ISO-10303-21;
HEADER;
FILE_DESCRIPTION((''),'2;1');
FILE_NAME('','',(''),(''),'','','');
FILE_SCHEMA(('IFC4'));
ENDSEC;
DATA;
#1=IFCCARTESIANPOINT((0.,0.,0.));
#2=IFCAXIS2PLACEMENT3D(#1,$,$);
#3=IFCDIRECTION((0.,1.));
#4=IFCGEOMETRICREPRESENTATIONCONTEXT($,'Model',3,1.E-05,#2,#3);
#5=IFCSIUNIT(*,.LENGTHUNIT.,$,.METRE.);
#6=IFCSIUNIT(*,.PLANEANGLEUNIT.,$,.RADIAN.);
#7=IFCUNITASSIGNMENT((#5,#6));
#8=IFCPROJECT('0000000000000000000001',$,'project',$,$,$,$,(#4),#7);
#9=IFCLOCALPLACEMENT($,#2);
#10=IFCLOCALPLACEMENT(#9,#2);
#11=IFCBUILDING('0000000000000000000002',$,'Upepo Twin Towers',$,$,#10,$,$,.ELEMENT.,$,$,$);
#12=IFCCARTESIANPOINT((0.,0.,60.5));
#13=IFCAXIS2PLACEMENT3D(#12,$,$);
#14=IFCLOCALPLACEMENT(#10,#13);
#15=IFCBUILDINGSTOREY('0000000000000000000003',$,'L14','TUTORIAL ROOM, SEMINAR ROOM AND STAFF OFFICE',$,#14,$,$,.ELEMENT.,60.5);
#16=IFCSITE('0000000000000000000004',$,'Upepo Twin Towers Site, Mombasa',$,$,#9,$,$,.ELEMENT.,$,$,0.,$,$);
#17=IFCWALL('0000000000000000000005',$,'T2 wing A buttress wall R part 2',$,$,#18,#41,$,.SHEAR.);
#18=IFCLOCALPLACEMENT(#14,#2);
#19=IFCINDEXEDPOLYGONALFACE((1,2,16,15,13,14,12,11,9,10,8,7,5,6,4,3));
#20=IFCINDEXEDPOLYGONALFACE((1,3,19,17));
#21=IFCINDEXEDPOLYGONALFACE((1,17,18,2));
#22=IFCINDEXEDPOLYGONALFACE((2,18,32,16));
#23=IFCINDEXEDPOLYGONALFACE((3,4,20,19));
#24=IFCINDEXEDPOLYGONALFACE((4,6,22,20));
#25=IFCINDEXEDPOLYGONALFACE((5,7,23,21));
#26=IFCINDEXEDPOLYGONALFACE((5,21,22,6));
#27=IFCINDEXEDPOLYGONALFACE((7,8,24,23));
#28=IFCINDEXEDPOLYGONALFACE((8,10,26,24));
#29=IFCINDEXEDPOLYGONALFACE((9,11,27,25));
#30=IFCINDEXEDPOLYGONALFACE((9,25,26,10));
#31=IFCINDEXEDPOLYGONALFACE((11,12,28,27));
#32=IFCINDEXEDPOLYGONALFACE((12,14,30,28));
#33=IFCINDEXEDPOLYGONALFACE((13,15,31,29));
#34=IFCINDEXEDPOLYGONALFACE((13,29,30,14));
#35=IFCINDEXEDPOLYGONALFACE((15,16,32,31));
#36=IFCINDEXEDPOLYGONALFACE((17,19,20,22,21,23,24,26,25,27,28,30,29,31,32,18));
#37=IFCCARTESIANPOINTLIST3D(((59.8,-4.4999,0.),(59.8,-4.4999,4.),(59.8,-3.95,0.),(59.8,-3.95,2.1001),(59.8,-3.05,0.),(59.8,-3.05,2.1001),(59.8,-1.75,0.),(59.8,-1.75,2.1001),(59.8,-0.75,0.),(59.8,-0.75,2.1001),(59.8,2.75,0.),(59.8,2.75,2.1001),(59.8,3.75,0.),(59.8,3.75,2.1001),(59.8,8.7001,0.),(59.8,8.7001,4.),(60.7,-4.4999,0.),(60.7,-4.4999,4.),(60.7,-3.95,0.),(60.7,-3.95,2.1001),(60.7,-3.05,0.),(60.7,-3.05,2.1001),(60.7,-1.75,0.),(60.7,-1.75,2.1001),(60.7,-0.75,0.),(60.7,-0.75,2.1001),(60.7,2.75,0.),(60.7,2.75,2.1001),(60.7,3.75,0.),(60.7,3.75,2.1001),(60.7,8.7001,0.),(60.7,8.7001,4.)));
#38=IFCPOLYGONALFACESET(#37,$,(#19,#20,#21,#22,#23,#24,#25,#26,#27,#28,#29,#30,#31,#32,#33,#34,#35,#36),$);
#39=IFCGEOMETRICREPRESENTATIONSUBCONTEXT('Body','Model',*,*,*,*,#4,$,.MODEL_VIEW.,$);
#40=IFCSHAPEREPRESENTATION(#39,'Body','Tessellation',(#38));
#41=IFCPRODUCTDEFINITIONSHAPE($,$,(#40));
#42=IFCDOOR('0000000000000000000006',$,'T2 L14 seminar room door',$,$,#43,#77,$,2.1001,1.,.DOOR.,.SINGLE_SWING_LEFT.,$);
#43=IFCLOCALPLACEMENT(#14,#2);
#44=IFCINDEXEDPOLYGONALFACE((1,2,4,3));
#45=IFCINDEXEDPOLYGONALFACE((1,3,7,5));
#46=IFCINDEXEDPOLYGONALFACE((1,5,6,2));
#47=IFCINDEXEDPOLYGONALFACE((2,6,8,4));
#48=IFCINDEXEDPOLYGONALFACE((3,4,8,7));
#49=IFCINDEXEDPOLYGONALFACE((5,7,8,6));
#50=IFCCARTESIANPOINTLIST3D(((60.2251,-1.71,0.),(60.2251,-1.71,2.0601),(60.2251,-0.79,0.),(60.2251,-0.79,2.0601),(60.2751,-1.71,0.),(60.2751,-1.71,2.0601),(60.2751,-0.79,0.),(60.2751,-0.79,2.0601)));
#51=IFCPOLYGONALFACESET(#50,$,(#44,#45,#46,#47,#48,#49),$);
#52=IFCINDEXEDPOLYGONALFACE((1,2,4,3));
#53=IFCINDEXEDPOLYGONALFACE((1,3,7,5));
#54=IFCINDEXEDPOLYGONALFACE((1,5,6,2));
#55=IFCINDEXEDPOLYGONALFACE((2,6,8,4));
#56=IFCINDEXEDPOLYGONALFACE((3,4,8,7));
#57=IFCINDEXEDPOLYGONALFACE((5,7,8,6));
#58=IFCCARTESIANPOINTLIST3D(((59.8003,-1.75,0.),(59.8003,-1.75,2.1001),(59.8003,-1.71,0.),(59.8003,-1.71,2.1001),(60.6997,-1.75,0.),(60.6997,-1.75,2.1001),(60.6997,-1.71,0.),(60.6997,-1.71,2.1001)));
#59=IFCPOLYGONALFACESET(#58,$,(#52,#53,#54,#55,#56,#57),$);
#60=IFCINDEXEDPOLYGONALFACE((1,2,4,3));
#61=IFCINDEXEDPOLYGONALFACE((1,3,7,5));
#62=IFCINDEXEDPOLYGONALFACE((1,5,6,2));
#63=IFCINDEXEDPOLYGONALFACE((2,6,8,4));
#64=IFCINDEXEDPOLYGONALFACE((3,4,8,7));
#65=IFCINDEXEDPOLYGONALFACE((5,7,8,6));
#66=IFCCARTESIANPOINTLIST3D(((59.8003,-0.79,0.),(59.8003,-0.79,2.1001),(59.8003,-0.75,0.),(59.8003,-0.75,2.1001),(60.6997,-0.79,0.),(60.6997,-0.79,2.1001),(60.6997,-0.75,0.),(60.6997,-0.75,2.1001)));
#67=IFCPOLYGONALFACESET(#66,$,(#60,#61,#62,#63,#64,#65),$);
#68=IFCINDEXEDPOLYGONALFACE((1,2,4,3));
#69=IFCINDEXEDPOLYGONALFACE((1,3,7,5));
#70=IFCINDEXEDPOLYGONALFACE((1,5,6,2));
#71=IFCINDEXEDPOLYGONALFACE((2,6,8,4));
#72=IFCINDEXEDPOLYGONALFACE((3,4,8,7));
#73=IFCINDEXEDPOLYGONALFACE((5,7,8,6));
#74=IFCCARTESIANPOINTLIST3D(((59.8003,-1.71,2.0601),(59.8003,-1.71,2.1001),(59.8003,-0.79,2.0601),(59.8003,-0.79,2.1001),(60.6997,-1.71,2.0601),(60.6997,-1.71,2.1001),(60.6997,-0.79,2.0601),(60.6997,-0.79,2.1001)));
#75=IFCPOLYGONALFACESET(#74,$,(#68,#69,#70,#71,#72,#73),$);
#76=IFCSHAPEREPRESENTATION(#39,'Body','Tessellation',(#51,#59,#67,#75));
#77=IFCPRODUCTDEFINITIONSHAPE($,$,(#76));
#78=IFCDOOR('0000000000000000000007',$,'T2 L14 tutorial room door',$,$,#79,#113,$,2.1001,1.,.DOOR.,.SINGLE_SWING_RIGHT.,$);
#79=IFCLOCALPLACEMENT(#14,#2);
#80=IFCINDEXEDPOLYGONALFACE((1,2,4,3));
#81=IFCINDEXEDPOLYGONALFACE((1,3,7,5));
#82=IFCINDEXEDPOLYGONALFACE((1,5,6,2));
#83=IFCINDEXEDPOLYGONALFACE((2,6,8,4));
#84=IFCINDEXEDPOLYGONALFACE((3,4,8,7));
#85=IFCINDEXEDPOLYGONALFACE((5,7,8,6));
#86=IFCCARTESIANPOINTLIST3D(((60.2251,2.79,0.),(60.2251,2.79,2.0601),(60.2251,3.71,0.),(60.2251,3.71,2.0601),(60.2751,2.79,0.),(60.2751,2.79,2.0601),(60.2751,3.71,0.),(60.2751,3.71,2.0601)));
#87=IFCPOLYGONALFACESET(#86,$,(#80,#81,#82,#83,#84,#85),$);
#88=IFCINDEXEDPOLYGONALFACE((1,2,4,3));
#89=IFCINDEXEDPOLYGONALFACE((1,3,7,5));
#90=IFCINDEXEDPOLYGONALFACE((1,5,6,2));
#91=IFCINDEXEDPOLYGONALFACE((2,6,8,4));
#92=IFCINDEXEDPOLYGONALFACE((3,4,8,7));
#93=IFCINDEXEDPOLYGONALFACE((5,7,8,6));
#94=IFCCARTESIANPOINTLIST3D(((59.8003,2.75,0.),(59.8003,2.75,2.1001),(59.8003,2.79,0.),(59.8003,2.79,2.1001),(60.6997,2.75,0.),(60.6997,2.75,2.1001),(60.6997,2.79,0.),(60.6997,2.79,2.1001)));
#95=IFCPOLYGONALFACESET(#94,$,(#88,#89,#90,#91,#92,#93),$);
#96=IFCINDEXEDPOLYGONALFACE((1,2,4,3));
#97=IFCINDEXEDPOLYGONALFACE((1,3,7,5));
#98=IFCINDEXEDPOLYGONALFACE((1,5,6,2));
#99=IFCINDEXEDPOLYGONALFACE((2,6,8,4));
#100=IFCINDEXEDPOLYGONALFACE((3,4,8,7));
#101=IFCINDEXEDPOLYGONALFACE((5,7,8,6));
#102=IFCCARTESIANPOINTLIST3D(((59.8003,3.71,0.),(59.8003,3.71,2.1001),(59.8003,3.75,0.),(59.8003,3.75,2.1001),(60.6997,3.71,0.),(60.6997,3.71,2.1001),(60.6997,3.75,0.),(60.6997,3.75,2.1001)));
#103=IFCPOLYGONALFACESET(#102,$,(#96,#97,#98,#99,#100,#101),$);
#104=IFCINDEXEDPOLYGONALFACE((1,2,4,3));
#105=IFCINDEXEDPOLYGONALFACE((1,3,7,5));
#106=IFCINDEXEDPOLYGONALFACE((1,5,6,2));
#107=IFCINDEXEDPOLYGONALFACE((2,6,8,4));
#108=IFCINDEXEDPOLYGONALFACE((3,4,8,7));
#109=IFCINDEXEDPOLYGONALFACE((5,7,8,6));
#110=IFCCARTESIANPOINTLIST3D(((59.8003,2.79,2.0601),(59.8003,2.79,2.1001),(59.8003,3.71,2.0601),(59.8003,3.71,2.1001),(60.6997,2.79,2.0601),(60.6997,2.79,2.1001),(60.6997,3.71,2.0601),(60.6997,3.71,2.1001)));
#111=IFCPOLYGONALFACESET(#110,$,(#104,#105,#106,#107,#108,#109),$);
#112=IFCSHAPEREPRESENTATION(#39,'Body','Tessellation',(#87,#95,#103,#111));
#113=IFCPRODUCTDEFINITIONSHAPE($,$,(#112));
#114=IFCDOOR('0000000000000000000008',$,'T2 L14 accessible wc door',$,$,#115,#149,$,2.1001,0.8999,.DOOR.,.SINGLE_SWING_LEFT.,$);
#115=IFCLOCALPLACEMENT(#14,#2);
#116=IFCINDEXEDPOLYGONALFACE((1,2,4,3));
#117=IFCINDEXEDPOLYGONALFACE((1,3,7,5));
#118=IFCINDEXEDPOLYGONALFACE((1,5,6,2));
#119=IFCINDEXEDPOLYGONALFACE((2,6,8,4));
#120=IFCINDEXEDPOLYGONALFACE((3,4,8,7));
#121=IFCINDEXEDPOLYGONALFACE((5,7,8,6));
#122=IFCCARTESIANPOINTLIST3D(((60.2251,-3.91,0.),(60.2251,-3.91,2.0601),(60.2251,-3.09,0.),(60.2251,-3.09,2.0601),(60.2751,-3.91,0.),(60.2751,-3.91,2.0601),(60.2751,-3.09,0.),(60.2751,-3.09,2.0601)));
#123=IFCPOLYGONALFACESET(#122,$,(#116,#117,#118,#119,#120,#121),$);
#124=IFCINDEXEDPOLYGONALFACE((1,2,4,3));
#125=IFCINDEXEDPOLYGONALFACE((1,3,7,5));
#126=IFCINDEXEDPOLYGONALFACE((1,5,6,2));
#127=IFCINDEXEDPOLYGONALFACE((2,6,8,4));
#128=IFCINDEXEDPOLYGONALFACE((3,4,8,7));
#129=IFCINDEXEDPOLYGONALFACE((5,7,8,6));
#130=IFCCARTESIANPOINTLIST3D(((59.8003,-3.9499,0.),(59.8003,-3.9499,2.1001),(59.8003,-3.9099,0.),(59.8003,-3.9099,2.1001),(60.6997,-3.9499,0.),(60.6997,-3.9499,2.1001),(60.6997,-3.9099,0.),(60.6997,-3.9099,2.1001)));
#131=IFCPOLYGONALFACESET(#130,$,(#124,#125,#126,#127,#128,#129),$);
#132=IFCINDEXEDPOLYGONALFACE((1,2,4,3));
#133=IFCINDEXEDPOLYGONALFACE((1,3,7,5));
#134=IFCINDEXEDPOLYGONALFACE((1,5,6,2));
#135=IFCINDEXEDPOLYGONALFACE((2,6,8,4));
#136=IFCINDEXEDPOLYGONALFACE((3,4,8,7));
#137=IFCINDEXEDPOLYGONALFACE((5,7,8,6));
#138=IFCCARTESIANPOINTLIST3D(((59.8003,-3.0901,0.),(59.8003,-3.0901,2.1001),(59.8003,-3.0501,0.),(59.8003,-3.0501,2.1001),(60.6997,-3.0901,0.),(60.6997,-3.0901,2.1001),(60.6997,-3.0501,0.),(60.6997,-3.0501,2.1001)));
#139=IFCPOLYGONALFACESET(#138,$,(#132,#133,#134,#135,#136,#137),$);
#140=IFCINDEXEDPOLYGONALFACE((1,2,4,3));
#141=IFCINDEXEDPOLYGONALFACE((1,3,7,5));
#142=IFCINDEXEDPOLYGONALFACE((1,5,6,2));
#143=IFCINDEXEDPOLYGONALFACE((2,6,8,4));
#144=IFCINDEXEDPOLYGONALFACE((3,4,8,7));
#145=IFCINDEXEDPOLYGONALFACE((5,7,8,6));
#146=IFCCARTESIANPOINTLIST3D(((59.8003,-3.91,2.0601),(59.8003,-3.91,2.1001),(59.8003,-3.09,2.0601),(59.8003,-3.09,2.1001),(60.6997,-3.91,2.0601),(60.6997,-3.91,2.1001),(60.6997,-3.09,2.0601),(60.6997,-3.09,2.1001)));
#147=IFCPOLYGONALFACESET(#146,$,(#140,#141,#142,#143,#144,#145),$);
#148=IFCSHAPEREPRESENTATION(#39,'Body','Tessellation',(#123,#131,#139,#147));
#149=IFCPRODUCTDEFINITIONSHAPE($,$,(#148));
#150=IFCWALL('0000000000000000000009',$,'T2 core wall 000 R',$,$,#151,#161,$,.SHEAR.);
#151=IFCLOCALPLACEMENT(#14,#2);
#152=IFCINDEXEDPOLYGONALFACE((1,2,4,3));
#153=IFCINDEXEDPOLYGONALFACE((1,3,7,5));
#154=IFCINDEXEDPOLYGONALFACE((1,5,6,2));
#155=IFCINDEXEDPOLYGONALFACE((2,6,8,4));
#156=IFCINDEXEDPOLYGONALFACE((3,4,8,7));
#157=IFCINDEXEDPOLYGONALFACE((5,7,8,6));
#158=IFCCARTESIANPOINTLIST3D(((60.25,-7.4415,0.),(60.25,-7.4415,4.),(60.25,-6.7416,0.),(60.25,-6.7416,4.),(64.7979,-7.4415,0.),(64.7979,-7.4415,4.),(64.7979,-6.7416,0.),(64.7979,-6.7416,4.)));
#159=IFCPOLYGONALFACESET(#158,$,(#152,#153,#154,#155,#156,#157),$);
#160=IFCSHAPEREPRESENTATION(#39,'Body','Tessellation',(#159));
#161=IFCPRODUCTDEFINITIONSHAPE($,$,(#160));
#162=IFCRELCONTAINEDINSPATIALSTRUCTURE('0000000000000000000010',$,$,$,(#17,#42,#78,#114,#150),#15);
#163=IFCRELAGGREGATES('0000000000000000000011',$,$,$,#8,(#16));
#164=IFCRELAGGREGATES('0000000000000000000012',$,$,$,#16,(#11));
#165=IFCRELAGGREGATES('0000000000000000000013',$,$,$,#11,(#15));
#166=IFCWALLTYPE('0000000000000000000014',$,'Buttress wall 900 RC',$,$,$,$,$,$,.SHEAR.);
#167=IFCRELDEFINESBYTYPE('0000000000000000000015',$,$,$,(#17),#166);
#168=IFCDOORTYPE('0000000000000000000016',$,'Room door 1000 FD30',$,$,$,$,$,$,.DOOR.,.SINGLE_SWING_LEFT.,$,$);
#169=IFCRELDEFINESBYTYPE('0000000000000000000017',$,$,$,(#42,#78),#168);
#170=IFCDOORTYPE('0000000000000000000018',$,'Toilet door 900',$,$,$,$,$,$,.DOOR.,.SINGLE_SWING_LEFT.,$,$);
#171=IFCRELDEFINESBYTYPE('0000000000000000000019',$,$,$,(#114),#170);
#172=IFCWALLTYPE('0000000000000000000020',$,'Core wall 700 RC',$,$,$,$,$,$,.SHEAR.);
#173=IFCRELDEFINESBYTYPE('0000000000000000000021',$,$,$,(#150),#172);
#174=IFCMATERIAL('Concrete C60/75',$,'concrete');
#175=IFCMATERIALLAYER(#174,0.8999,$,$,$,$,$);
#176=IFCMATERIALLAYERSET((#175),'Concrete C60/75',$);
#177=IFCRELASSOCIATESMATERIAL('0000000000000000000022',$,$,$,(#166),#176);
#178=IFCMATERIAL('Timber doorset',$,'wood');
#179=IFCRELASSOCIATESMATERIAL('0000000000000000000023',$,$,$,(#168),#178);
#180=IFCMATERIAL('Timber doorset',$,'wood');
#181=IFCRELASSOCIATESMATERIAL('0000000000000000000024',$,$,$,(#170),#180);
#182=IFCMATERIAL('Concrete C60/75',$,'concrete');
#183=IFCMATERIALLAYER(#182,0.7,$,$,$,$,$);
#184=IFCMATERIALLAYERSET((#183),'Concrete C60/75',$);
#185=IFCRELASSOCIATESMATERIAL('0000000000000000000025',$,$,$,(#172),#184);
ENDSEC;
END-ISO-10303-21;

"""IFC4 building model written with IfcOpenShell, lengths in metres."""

from ifc_helpers import new_model, si_unit, direction, frame, frame_2d, origin, place, context, subcontext, project, spatial, rectangle, extrude, material, layer, layer_set, type_object, element, fill, save


model = new_model("IFC4")

# Units and contexts
model_context = context("Model", 3, precision=1e-05, world=origin(), true_north=direction((0.0, 1.0)))
body_context = subcontext(model_context, "Body", "Model", "MODEL_VIEW")
ifc_project = project(units=[si_unit("LENGTHUNIT", "METRE"), si_unit("PLANEANGLEUNIT", "RADIAN")], contexts=[model_context])

# Site, building, storey
site_placement = place(None, origin())
site = spatial("IfcSite", under=ifc_project, at=site_placement, Name="Upepo Twin Towers Site, Mombasa", CompositionType="ELEMENT", RefElevation=0.0)
building_placement = place(site_placement, origin())
building = spatial("IfcBuilding", under=site, at=building_placement, Name="Upepo Twin Towers", CompositionType="ELEMENT")
storey_placement = place(building_placement, frame((0.0, 0.0, 60.5)))
storey = spatial("IfcBuildingStorey", under=building, at=storey_placement, Name="L14", Description="TUTORIAL ROOM, SEMINAR ROOM AND STAFF OFFICE", CompositionType="ELEMENT", Elevation=60.5)

# Wall, openings, doors
ifc_material_1 = material(Name="Concrete C60/75", Category="concrete")
ifc_layer_1 = layer(ifc_material_1, 0.8999)
ifc_layer_set_1 = layer_set([ifc_layer_1], Name="Concrete C60/75")
wall_type_1 = type_object("IfcWallType", Name="Buttress wall 900 RC", PredefinedType="SHEAR", material=ifc_layer_set_1)
wall_1_placement = place(storey_placement, frame((60.25, -4.5, 0.0), z_axis=(0.0, 0.0, 1.0), x_axis=(0.0, 1.0, 0.0)))
wall_1 = element("IfcWall", 1, at=wall_1_placement, inside=storey, type_object=wall_type_1, Name="T2 wing A buttress wall R part 2", PredefinedType="SHEAR", context=body_context, shape_type="SweptSolid", body=[
    extrude(rectangle(XDim=13.2, YDim=0.8999, at=frame_2d((6.6001, 0.0))), origin(), (0.0, 0.0, 1.0), 4.0),
])
opening_1_placement = place(wall_1_placement, frame((0.55, 0.0, 0.0)))
opening_1 = element("IfcOpeningElement", 2, at=opening_1_placement, cuts=wall_1, PredefinedType="OPENING", context=body_context, shape_type="SweptSolid", body=[
    extrude(rectangle(XDim=0.8999, YDim=2.1001, at=frame_2d((0.45, 1.05))), frame((0.0, 0.46, 0.0), z_axis=(0.0, -1.0, 0.0), x_axis=(1.0, 0.0, 0.0)), (0.0, 0.0, 1.0), 0.9199),
])
opening_2_placement = place(wall_1_placement, frame((2.75, 0.0, 0.0)))
opening_2 = element("IfcOpeningElement", 3, at=opening_2_placement, cuts=wall_1, PredefinedType="OPENING", context=body_context, shape_type="SweptSolid", body=[
    extrude(rectangle(XDim=1.0, YDim=2.1001, at=frame_2d((0.5, 1.05))), frame((0.0, 0.46, 0.0), z_axis=(0.0, -1.0, 0.0), x_axis=(1.0, 0.0, 0.0)), (0.0, 0.0, 1.0), 0.9199),
])
opening_3_placement = place(wall_1_placement, frame((7.25, 0.0, 0.0)))
opening_3 = element("IfcOpeningElement", 4, at=opening_3_placement, cuts=wall_1, PredefinedType="OPENING", context=body_context, shape_type="SweptSolid", body=[
    extrude(rectangle(XDim=1.0, YDim=2.1001, at=frame_2d((0.5, 1.05))), frame((0.0, 0.46, 0.0), z_axis=(0.0, -1.0, 0.0), x_axis=(1.0, 0.0, 0.0)), (0.0, 0.0, 1.0), 0.9199),
])
ifc_material_2 = material(Name="Timber doorset", Category="wood")
door_type_1 = type_object("IfcDoorType", Name="Room door 1000 FD30", OperationType="SINGLE_SWING_LEFT", PredefinedType="DOOR", material=ifc_material_2)
door_1_placement = place(opening_2_placement, origin())
door_1 = element("IfcDoor", 5, at=door_1_placement, inside=storey, type_object=door_type_1, Name="T2 L14 seminar room door", OperationType="SINGLE_SWING_LEFT", OverallHeight=2.1001, OverallWidth=1.0, PredefinedType="DOOR", context=body_context, shape_type="SweptSolid", body=[
    extrude(rectangle(XDim=0.92, YDim=2.0601, at=frame_2d((0.5, 1.03))), frame((0.0, 0.0249, 0.0), z_axis=(0.0, -1.0, 0.0), x_axis=(1.0, 0.0, 0.0)), (0.0, 0.0, 1.0), 0.05),
    extrude(rectangle(XDim=0.04, YDim=2.1001, at=frame_2d((0.02, 1.05))), frame((0.0, 0.4497, 0.0), z_axis=(0.0, -1.0, 0.0), x_axis=(1.0, 0.0, 0.0)), (0.0, 0.0, 1.0), 0.8994),
    extrude(rectangle(XDim=0.04, YDim=2.1001, at=frame_2d((0.98, 1.05))), frame((0.0, 0.4497, 0.0), z_axis=(0.0, -1.0, 0.0), x_axis=(1.0, 0.0, 0.0)), (0.0, 0.0, 1.0), 0.8994),
    extrude(rectangle(XDim=0.92, YDim=0.04, at=frame_2d((0.5, 2.0801))), frame((0.0, 0.4497, 0.0), z_axis=(0.0, -1.0, 0.0), x_axis=(1.0, 0.0, 0.0)), (0.0, 0.0, 1.0), 0.8994),
])
fill(opening_2, door_1)
door_2_placement = place(opening_3_placement, origin())
door_2 = element("IfcDoor", 6, at=door_2_placement, inside=storey, type_object=door_type_1, Name="T2 L14 tutorial room door", OperationType="SINGLE_SWING_RIGHT", OverallHeight=2.1001, OverallWidth=1.0, PredefinedType="DOOR", context=body_context, shape_type="SweptSolid", body=[
    extrude(rectangle(XDim=0.92, YDim=2.0601, at=frame_2d((0.5, 1.03))), frame((0.0, 0.0249, 0.0), z_axis=(0.0, -1.0, 0.0), x_axis=(1.0, 0.0, 0.0)), (0.0, 0.0, 1.0), 0.05),
    extrude(rectangle(XDim=0.04, YDim=2.1001, at=frame_2d((0.02, 1.05))), frame((0.0, 0.4497, 0.0), z_axis=(0.0, -1.0, 0.0), x_axis=(1.0, 0.0, 0.0)), (0.0, 0.0, 1.0), 0.8994),
    extrude(rectangle(XDim=0.04, YDim=2.1001, at=frame_2d((0.98, 1.05))), frame((0.0, 0.4497, 0.0), z_axis=(0.0, -1.0, 0.0), x_axis=(1.0, 0.0, 0.0)), (0.0, 0.0, 1.0), 0.8994),
    extrude(rectangle(XDim=0.92, YDim=0.04, at=frame_2d((0.5, 2.0801))), frame((0.0, 0.4497, 0.0), z_axis=(0.0, -1.0, 0.0), x_axis=(1.0, 0.0, 0.0)), (0.0, 0.0, 1.0), 0.8994),
])
fill(opening_3, door_2)
ifc_material_3 = material(Name="Timber doorset", Category="wood")
door_type_2 = type_object("IfcDoorType", Name="Toilet door 900", OperationType="SINGLE_SWING_LEFT", PredefinedType="DOOR", material=ifc_material_3)
door_3_placement = place(opening_1_placement, origin())
door_3 = element("IfcDoor", 7, at=door_3_placement, inside=storey, type_object=door_type_2, Name="T2 L14 accessible wc door", OperationType="SINGLE_SWING_LEFT", OverallHeight=2.1001, OverallWidth=0.8999, PredefinedType="DOOR", context=body_context, shape_type="SweptSolid", body=[
    extrude(rectangle(XDim=0.8199, YDim=2.0601, at=frame_2d((0.45, 1.03))), frame((0.0, 0.0249, 0.0), z_axis=(0.0, -1.0, 0.0), x_axis=(1.0, 0.0, 0.0)), (0.0, 0.0, 1.0), 0.05),
    extrude(rectangle(XDim=0.04, YDim=2.1001, at=frame_2d((0.02, 1.05))), frame((0.0, 0.4497, 0.0), z_axis=(0.0, -1.0, 0.0), x_axis=(1.0, 0.0, 0.0)), (0.0, 0.0, 1.0), 0.8994),
    extrude(rectangle(XDim=0.04, YDim=2.1001, at=frame_2d((0.8799, 1.05))), frame((0.0, 0.4497, 0.0), z_axis=(0.0, -1.0, 0.0), x_axis=(1.0, 0.0, 0.0)), (0.0, 0.0, 1.0), 0.8994),
    extrude(rectangle(XDim=0.8199, YDim=0.04, at=frame_2d((0.45, 2.0801))), frame((0.0, 0.4497, 0.0), z_axis=(0.0, -1.0, 0.0), x_axis=(1.0, 0.0, 0.0)), (0.0, 0.0, 1.0), 0.8994),
])
fill(opening_1, door_3)

# Wall
ifc_material_4 = material(Name="Concrete C60/75", Category="concrete")
ifc_layer_2 = layer(ifc_material_4, 0.7)
ifc_layer_set_2 = layer_set([ifc_layer_2], Name="Concrete C60/75")
wall_type_2 = type_object("IfcWallType", Name="Core wall 700 RC", PredefinedType="SHEAR", material=ifc_layer_set_2)
wall_2_placement = place(storey_placement, frame((64.7979, -7.0916, 0.0), z_axis=(0.0, 0.0, 1.0), x_axis=(-1.0, 0.0, 0.0)))
element("IfcWall", 8, at=wall_2_placement, inside=storey, type_object=wall_type_2, Name="T2 core wall 000 R", PredefinedType="SHEAR", context=body_context, shape_type="SweptSolid", body=[
    extrude(rectangle(XDim=4.5479, YDim=0.7, at=frame_2d((2.2739, 0.0))), origin(), (0.0, 0.0, 1.0), 4.0),
])

save(model, "model.ifc")
